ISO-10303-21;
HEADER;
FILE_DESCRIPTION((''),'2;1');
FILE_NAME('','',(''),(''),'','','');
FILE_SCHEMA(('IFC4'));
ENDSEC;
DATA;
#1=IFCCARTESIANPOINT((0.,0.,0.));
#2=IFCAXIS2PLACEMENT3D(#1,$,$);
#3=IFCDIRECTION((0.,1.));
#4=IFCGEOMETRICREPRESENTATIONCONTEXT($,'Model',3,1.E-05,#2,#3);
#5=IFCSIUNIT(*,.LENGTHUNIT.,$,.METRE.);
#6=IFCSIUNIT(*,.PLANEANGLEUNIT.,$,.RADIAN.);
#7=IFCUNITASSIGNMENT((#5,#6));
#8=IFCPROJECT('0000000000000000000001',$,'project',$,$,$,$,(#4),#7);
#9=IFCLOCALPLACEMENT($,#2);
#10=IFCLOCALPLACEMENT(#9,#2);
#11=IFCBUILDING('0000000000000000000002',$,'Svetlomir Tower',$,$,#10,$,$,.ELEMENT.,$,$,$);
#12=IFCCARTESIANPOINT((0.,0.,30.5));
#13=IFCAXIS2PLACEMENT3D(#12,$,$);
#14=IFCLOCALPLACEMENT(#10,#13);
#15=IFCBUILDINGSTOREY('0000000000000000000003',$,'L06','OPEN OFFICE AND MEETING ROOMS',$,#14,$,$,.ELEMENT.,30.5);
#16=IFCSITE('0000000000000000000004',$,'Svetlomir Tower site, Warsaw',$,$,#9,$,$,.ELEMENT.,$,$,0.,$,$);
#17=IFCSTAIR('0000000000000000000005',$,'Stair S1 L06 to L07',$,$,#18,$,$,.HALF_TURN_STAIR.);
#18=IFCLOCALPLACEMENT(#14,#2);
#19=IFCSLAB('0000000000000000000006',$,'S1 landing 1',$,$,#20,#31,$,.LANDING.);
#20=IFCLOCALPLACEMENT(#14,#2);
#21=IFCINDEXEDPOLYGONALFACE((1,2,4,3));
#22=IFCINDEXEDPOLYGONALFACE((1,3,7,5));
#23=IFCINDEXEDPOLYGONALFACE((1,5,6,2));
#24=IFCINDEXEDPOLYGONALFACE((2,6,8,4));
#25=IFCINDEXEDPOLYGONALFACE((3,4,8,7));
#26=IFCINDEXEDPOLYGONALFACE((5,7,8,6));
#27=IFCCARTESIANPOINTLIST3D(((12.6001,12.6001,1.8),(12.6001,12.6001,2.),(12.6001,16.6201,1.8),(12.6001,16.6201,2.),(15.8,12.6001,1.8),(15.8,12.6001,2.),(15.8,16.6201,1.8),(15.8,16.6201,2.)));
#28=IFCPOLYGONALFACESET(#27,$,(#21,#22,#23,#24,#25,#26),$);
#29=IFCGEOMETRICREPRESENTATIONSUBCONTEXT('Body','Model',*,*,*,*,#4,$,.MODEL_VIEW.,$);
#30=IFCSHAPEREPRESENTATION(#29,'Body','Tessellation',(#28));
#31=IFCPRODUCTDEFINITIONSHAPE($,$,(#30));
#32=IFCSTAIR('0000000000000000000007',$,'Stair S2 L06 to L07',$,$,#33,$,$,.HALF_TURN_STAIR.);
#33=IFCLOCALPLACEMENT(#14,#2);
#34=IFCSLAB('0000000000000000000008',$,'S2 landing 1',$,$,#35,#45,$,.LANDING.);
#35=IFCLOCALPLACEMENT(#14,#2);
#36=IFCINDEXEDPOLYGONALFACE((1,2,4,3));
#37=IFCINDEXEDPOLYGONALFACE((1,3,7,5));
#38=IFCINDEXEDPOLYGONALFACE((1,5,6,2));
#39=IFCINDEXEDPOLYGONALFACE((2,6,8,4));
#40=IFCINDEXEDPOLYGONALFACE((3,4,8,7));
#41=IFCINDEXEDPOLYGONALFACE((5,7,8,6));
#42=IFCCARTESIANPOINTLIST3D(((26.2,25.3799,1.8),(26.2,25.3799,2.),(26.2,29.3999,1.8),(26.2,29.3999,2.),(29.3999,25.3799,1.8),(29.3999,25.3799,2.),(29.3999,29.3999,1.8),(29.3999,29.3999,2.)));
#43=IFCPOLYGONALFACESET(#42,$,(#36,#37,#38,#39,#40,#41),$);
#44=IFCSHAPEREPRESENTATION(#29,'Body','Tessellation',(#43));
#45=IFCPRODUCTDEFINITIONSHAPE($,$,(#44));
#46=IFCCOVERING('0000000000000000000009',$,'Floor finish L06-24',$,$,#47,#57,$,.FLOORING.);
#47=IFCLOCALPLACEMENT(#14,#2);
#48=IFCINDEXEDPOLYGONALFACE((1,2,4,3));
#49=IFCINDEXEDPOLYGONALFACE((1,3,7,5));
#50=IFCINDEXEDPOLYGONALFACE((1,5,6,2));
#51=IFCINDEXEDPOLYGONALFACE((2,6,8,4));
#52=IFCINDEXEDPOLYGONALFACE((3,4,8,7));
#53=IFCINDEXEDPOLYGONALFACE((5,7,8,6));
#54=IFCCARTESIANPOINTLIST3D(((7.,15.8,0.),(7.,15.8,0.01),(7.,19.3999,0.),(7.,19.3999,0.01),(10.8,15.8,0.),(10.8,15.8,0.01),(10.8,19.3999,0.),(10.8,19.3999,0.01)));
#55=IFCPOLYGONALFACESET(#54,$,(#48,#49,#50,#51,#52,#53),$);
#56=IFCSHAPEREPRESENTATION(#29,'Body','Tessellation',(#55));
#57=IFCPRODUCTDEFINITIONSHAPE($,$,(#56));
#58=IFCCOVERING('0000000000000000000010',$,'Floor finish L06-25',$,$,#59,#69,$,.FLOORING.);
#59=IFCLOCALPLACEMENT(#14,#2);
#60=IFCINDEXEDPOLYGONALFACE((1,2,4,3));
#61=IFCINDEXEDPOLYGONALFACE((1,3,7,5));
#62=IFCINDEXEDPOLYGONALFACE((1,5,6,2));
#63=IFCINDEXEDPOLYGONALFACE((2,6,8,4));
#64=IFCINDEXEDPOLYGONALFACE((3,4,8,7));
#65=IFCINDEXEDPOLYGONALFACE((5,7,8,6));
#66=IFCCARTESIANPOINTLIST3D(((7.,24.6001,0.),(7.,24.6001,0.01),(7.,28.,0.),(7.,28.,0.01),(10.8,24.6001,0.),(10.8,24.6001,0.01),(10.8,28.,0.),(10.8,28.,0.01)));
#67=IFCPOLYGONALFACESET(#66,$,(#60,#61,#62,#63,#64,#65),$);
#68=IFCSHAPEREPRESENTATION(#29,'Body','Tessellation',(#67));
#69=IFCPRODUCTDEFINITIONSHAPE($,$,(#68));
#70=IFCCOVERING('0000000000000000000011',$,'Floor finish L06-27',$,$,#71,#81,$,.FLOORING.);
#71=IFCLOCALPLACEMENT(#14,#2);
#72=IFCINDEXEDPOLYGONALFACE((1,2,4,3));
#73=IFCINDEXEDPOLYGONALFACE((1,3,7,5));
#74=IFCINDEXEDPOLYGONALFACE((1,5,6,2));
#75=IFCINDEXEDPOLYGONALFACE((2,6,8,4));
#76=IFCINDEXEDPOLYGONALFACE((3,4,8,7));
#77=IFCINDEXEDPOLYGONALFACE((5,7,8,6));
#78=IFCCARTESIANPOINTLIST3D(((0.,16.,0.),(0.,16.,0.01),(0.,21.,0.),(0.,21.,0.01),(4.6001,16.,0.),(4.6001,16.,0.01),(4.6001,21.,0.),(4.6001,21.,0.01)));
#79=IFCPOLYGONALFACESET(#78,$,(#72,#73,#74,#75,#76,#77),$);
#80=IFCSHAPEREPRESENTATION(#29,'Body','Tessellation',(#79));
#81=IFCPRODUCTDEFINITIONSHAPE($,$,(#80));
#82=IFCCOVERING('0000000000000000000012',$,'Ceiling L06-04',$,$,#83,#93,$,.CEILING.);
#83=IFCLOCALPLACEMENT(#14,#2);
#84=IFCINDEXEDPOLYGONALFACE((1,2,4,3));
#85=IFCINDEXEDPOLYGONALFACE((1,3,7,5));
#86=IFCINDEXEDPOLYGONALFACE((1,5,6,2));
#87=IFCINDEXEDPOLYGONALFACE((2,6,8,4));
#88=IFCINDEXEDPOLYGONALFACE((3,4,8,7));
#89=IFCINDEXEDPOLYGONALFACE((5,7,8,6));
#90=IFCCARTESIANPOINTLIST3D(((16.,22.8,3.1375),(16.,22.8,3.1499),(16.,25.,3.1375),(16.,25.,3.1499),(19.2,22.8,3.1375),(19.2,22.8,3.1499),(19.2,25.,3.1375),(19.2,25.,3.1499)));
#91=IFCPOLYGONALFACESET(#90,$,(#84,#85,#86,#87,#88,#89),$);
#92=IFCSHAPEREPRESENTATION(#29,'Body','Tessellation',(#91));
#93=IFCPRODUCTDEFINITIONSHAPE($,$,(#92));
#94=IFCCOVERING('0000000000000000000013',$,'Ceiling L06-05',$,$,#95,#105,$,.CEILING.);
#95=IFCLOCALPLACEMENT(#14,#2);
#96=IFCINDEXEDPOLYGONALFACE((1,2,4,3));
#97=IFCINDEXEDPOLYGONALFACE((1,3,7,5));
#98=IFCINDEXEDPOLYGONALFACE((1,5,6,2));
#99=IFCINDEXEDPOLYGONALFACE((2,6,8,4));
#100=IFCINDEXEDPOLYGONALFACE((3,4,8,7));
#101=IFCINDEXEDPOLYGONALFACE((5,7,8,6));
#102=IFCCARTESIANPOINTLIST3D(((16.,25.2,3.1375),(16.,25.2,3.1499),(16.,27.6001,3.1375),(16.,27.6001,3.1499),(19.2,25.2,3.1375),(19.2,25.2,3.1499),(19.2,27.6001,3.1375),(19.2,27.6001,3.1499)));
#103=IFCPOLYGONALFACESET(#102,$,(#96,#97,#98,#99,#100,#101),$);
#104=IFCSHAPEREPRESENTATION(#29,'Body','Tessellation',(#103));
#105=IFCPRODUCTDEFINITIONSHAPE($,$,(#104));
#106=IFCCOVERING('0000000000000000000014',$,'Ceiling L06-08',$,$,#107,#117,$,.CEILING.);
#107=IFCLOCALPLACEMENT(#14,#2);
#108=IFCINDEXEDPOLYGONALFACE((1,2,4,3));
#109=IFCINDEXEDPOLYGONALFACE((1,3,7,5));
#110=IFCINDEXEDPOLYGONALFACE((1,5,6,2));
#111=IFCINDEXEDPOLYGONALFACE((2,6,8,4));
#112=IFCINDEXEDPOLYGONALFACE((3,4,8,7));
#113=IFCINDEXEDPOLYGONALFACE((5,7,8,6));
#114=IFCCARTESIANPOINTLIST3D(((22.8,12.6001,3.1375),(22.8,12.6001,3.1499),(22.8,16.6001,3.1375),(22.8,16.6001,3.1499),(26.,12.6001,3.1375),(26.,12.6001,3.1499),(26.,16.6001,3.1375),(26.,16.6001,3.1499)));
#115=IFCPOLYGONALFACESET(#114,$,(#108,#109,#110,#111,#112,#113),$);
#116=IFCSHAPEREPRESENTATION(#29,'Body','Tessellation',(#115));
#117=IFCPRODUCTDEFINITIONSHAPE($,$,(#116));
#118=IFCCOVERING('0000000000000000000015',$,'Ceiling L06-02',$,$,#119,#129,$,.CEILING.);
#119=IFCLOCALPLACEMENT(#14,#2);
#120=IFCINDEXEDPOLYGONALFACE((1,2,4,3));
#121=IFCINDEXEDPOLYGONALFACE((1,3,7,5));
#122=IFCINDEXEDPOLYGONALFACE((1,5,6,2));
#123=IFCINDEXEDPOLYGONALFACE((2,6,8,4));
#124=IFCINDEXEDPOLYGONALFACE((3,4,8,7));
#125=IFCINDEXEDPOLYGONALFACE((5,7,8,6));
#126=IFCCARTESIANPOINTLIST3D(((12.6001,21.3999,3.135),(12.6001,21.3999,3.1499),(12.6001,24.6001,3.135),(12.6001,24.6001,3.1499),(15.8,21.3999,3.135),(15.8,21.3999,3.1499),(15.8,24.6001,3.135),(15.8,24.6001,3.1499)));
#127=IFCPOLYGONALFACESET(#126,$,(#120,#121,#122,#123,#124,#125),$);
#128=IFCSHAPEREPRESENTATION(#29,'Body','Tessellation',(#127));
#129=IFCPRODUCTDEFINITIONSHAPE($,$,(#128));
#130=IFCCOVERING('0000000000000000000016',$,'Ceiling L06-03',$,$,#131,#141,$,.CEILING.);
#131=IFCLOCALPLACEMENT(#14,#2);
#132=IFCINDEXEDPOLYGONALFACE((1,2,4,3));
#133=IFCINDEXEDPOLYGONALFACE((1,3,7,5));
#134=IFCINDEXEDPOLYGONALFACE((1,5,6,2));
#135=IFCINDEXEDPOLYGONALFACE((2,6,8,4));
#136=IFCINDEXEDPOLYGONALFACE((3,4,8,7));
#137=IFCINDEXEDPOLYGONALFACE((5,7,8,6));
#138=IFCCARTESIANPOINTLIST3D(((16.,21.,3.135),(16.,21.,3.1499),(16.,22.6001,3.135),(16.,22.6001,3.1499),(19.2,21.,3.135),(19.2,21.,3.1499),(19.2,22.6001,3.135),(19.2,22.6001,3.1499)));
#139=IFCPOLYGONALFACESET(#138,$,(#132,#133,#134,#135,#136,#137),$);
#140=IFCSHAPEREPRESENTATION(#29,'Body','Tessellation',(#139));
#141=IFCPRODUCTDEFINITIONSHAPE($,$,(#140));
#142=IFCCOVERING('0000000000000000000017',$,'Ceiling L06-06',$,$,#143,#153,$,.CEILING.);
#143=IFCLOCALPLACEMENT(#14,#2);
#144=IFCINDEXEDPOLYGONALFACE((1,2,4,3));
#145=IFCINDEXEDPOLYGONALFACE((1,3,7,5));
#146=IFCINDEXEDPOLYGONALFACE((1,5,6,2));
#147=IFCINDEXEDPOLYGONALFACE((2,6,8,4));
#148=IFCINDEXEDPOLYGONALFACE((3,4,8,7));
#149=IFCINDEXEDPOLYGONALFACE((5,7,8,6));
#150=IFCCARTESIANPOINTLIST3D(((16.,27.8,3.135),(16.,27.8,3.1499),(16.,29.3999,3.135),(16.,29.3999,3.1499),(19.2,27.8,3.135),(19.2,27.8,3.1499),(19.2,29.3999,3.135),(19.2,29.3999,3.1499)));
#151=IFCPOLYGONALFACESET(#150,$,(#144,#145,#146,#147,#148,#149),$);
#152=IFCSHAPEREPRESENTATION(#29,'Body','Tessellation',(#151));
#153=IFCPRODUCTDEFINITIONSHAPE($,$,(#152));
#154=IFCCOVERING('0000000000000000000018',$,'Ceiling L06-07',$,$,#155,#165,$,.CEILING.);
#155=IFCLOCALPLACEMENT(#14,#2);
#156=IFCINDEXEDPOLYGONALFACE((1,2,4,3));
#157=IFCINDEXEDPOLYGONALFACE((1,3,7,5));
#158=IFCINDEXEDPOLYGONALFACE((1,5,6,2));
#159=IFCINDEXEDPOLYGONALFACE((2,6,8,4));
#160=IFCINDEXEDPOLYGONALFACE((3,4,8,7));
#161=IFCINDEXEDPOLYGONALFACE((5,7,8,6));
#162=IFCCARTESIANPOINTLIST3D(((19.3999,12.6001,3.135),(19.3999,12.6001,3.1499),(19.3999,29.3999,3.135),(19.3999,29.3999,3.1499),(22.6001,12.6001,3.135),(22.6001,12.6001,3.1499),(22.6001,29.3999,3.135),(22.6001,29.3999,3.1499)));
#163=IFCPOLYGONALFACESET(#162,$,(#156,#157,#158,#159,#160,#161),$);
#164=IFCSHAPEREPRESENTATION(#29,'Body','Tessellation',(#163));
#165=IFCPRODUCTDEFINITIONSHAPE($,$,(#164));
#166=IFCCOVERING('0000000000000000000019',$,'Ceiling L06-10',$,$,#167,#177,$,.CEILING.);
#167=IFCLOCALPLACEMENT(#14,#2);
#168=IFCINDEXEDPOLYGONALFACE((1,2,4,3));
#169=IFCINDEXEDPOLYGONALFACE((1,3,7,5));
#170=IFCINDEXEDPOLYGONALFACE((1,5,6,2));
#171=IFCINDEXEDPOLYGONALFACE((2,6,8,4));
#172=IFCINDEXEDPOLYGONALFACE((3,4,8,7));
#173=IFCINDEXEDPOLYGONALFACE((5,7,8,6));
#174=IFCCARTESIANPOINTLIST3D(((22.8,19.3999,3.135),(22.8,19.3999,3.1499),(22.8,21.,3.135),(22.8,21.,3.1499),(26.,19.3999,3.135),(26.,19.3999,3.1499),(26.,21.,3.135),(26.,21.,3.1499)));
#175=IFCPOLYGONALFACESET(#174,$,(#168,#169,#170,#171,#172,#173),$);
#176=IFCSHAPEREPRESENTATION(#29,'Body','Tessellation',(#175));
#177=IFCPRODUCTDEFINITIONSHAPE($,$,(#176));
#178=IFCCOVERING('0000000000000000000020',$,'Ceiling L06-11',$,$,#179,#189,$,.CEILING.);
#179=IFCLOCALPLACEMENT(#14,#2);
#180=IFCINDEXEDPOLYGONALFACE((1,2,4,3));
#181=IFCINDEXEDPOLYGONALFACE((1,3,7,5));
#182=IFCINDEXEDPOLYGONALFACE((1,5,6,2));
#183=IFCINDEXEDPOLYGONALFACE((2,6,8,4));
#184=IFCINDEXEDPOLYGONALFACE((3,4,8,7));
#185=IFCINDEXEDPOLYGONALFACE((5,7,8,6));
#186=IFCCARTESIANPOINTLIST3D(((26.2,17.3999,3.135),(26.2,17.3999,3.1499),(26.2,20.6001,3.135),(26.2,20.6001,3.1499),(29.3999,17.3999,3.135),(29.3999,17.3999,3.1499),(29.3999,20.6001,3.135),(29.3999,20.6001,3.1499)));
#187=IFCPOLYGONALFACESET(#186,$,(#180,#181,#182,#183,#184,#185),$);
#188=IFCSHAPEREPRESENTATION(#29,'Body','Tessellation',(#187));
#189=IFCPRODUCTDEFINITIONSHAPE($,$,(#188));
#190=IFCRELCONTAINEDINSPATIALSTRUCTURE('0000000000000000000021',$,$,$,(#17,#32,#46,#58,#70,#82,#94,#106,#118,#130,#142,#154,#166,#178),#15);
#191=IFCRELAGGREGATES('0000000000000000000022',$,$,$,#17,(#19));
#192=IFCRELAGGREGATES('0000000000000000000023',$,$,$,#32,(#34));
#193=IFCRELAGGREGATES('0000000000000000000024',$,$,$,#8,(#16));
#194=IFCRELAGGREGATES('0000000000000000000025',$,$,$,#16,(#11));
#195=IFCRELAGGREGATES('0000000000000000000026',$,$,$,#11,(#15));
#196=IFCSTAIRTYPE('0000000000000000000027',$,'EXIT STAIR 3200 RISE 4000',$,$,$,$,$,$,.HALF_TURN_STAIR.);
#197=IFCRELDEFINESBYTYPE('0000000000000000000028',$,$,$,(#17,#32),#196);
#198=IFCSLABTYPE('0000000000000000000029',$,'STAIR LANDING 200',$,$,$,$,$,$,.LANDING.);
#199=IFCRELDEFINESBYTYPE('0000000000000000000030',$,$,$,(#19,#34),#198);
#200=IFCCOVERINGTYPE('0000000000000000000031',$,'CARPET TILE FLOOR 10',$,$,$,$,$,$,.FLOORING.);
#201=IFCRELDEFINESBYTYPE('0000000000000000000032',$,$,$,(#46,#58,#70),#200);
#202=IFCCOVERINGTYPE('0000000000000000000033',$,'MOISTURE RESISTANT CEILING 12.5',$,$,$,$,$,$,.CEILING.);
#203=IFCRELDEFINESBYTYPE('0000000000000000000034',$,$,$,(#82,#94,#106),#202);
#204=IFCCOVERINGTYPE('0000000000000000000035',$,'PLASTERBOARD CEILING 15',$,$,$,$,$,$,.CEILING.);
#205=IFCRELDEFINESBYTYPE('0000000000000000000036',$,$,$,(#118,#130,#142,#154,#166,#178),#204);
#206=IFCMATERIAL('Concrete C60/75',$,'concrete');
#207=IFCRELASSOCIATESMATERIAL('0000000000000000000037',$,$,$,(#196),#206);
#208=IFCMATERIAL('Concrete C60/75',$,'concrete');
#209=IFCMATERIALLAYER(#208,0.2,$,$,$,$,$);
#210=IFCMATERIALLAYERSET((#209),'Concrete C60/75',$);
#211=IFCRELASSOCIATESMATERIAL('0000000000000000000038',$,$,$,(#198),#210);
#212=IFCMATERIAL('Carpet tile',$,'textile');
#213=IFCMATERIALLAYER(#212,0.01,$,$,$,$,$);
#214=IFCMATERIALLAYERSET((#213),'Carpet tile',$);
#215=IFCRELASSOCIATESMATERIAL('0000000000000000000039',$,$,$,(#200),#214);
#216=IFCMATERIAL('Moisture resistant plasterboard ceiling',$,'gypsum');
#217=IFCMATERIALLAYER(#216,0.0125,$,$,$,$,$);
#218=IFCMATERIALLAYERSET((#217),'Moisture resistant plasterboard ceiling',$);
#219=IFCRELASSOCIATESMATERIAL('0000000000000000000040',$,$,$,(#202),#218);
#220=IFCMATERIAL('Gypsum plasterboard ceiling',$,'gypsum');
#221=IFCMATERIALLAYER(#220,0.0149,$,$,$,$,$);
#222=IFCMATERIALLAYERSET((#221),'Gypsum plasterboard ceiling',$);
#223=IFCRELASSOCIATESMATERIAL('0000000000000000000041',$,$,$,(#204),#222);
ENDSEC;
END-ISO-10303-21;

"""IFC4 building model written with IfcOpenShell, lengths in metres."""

from ifc_helpers import new_model, si_unit, direction, frame, origin, place, context, subcontext, project, spatial, polyline, outline, extrude, material, layer, layer_set, type_object, element, aggregate, save


model = new_model("IFC4")

# Units and contexts
model_context = context("Model", 3, precision=1e-05, world=origin(), true_north=direction((0.0, 1.0)))
body_context = subcontext(model_context, "Body", "Model", "MODEL_VIEW")
ifc_project = project(units=[si_unit("LENGTHUNIT", "METRE"), si_unit("PLANEANGLEUNIT", "RADIAN")], contexts=[model_context])

# Site, building, storey
site_placement = place(None, origin())
site = spatial("IfcSite", under=ifc_project, at=site_placement, Name="Svetlomir Tower site, Warsaw", CompositionType="ELEMENT", RefElevation=0.0)
building_placement = place(site_placement, origin())
building = spatial("IfcBuilding", under=site, at=building_placement, Name="Svetlomir Tower", CompositionType="ELEMENT")
storey_placement = place(building_placement, frame((0.0, 0.0, 30.5)))
storey = spatial("IfcBuildingStorey", under=building, at=storey_placement, Name="L06", Description="OPEN OFFICE AND MEETING ROOMS", CompositionType="ELEMENT", Elevation=30.5)

# Stairs, slabs
ifc_material_1 = material(Name="Concrete C60/75", Category="concrete")
stair_type = type_object("IfcStairType", Name="EXIT STAIR 3200 RISE 4000", PredefinedType="HALF_TURN_STAIR", material=ifc_material_1)
stair_1_placement = place(storey_placement, origin())
stair_1 = element("IfcStair", 1, at=stair_1_placement, inside=storey, type_object=stair_type, Name="Stair S1 L06 to L07", PredefinedType="HALF_TURN_STAIR")
ifc_material_2 = material(Name="Concrete C60/75", Category="concrete")
ifc_layer_1 = layer(ifc_material_2, 0.2)
ifc_layer_set_1 = layer_set([ifc_layer_1], Name="Concrete C60/75")
slab_type = type_object("IfcSlabType", Name="STAIR LANDING 200", PredefinedType="LANDING", material=ifc_layer_set_1)
slab_1_placement = place(storey_placement, frame((0.0, 0.0, 1.8)))
slab_1 = element("IfcSlab", 2, at=slab_1_placement, type_object=slab_type, Name="S1 landing 1", PredefinedType="LANDING", context=body_context, shape_type="SweptSolid", body=[
    extrude(outline(polyline([(12.6001, 12.6001), (15.8, 12.6001), (15.8, 16.6201), (12.6001, 16.6201), (12.6001, 12.6001)])), origin(), (0.0, 0.0, 1.0), 0.2),
])
aggregate(stair_1, [slab_1])
stair_2_placement = place(storey_placement, origin())
stair_2 = element("IfcStair", 3, at=stair_2_placement, inside=storey, type_object=stair_type, Name="Stair S2 L06 to L07", PredefinedType="HALF_TURN_STAIR")
slab_2_placement = place(storey_placement, frame((0.0, 0.0, 1.8)))
slab_2 = element("IfcSlab", 4, at=slab_2_placement, type_object=slab_type, Name="S2 landing 1", PredefinedType="LANDING", context=body_context, shape_type="SweptSolid", body=[
    extrude(outline(polyline([(26.2, 25.3799), (29.3999, 25.3799), (29.3999, 29.3999), (26.2, 29.3999), (26.2, 25.3799)])), origin(), (0.0, 0.0, 1.0), 0.2),
])
aggregate(stair_2, [slab_2])

# Coverings
ifc_material_3 = material(Name="Carpet tile", Category="textile")
ifc_layer_2 = layer(ifc_material_3, 0.01)
ifc_layer_set_2 = layer_set([ifc_layer_2], Name="Carpet tile")
covering_type_1 = type_object("IfcCoveringType", Name="CARPET TILE FLOOR 10", PredefinedType="FLOORING", material=ifc_layer_set_2)
covering_1_placement = place(storey_placement, origin())
element("IfcCovering", 5, at=covering_1_placement, inside=storey, type_object=covering_type_1, Name="Floor finish L06-24", PredefinedType="FLOORING", context=body_context, shape_type="SweptSolid", body=[
    extrude(outline(polyline([(7.0, 15.8), (10.8, 15.8), (10.8, 19.3999), (7.0, 19.3999), (7.0, 15.8)])), origin(), (0.0, 0.0, 1.0), 0.01),
])
covering_2_placement = place(storey_placement, origin())
element("IfcCovering", 6, at=covering_2_placement, inside=storey, type_object=covering_type_1, Name="Floor finish L06-25", PredefinedType="FLOORING", context=body_context, shape_type="SweptSolid", body=[
    extrude(outline(polyline([(7.0, 24.6001), (10.8, 24.6001), (10.8, 28.0), (7.0, 28.0), (7.0, 24.6001)])), origin(), (0.0, 0.0, 1.0), 0.01),
])
covering_3_placement = place(storey_placement, origin())
element("IfcCovering", 7, at=covering_3_placement, inside=storey, type_object=covering_type_1, Name="Floor finish L06-27", PredefinedType="FLOORING", context=body_context, shape_type="SweptSolid", body=[
    extrude(outline(polyline([(0.0, 16.0), (4.6001, 16.0), (4.6001, 21.0), (0.0, 21.0), (0.0, 16.0)])), origin(), (0.0, 0.0, 1.0), 0.01),
])
ifc_material_4 = material(Name="Moisture resistant plasterboard ceiling", Category="gypsum")
ifc_layer_3 = layer(ifc_material_4, 0.0125)
ifc_layer_set_3 = layer_set([ifc_layer_3], Name="Moisture resistant plasterboard ceiling")
covering_type_2 = type_object("IfcCoveringType", Name="MOISTURE RESISTANT CEILING 12.5", PredefinedType="CEILING", material=ifc_layer_set_3)
covering_4_placement = place(storey_placement, frame((0.0, 0.0, 3.1375)))
element("IfcCovering", 8, at=covering_4_placement, inside=storey, type_object=covering_type_2, Name="Ceiling L06-04", PredefinedType="CEILING", context=body_context, shape_type="SweptSolid", body=[
    extrude(outline(polyline([(16.0, 22.8), (19.2, 22.8), (19.2, 25.0), (16.0, 25.0), (16.0, 22.8)])), origin(), (0.0, 0.0, 1.0), 0.0125),
])
covering_5_placement = place(storey_placement, frame((0.0, 0.0, 3.1375)))
element("IfcCovering", 9, at=covering_5_placement, inside=storey, type_object=covering_type_2, Name="Ceiling L06-05", PredefinedType="CEILING", context=body_context, shape_type="SweptSolid", body=[
    extrude(outline(polyline([(16.0, 25.2), (19.2, 25.2), (19.2, 27.6001), (16.0, 27.6001), (16.0, 25.2)])), origin(), (0.0, 0.0, 1.0), 0.0125),
])
covering_6_placement = place(storey_placement, frame((0.0, 0.0, 3.1375)))
element("IfcCovering", 10, at=covering_6_placement, inside=storey, type_object=covering_type_2, Name="Ceiling L06-08", PredefinedType="CEILING", context=body_context, shape_type="SweptSolid", body=[
    extrude(outline(polyline([(22.8, 12.6001), (26.0, 12.6001), (26.0, 16.6001), (22.8, 16.6001), (22.8, 12.6001)])), origin(), (0.0, 0.0, 1.0), 0.0125),
])
ifc_material_5 = material(Name="Gypsum plasterboard ceiling", Category="gypsum")
ifc_layer_4 = layer(ifc_material_5, 0.0149)
ifc_layer_set_4 = layer_set([ifc_layer_4], Name="Gypsum plasterboard ceiling")
covering_type_3 = type_object("IfcCoveringType", Name="PLASTERBOARD CEILING 15", PredefinedType="CEILING", material=ifc_layer_set_4)
covering_7_placement = place(storey_placement, frame((0.0, 0.0, 3.135)))
element("IfcCovering", 11, at=covering_7_placement, inside=storey, type_object=covering_type_3, Name="Ceiling L06-02", PredefinedType="CEILING", context=body_context, shape_type="SweptSolid", body=[
    extrude(outline(polyline([(12.6001, 21.3999), (15.8, 21.3999), (15.8, 24.6001), (12.6001, 24.6001), (12.6001, 21.3999)])), origin(), (0.0, 0.0, 1.0), 0.0149),
])
covering_8_placement = place(storey_placement, frame((0.0, 0.0, 3.135)))
element("IfcCovering", 12, at=covering_8_placement, inside=storey, type_object=covering_type_3, Name="Ceiling L06-03", PredefinedType="CEILING", context=body_context, shape_type="SweptSolid", body=[
    extrude(outline(polyline([(16.0, 21.0), (19.2, 21.0), (19.2, 22.6001), (16.0, 22.6001), (16.0, 21.0)])), origin(), (0.0, 0.0, 1.0), 0.0149),
])
covering_9_placement = place(storey_placement, frame((0.0, 0.0, 3.135)))
element("IfcCovering", 13, at=covering_9_placement, inside=storey, type_object=covering_type_3, Name="Ceiling L06-06", PredefinedType="CEILING", context=body_context, shape_type="SweptSolid", body=[
    extrude(outline(polyline([(16.0, 27.8), (19.2, 27.8), (19.2, 29.3999), (16.0, 29.3999), (16.0, 27.8)])), origin(), (0.0, 0.0, 1.0), 0.0149),
])
covering_10_placement = place(storey_placement, frame((0.0, 0.0, 3.135)))
element("IfcCovering", 14, at=covering_10_placement, inside=storey, type_object=covering_type_3, Name="Ceiling L06-07", PredefinedType="CEILING", context=body_context, shape_type="SweptSolid", body=[
    extrude(outline(polyline([(19.3999, 12.6001), (22.6001, 12.6001), (22.6001, 29.3999), (19.3999, 29.3999), (19.3999, 12.6001)])), origin(), (0.0, 0.0, 1.0), 0.0149),
])
covering_11_placement = place(storey_placement, frame((0.0, 0.0, 3.135)))
element("IfcCovering", 15, at=covering_11_placement, inside=storey, type_object=covering_type_3, Name="Ceiling L06-10", PredefinedType="CEILING", context=body_context, shape_type="SweptSolid", body=[
    extrude(outline(polyline([(22.8, 19.3999), (26.0, 19.3999), (26.0, 21.0), (22.8, 21.0), (22.8, 19.3999)])), origin(), (0.0, 0.0, 1.0), 0.0149),
])
covering_12_placement = place(storey_placement, frame((0.0, 0.0, 3.135)))
element("IfcCovering", 16, at=covering_12_placement, inside=storey, type_object=covering_type_3, Name="Ceiling L06-11", PredefinedType="CEILING", context=body_context, shape_type="SweptSolid", body=[
    extrude(outline(polyline([(26.2, 17.3999), (29.3999, 17.3999), (29.3999, 20.6001), (26.2, 20.6001), (26.2, 17.3999)])), origin(), (0.0, 0.0, 1.0), 0.0149),
])

save(model, "model.ifc")
